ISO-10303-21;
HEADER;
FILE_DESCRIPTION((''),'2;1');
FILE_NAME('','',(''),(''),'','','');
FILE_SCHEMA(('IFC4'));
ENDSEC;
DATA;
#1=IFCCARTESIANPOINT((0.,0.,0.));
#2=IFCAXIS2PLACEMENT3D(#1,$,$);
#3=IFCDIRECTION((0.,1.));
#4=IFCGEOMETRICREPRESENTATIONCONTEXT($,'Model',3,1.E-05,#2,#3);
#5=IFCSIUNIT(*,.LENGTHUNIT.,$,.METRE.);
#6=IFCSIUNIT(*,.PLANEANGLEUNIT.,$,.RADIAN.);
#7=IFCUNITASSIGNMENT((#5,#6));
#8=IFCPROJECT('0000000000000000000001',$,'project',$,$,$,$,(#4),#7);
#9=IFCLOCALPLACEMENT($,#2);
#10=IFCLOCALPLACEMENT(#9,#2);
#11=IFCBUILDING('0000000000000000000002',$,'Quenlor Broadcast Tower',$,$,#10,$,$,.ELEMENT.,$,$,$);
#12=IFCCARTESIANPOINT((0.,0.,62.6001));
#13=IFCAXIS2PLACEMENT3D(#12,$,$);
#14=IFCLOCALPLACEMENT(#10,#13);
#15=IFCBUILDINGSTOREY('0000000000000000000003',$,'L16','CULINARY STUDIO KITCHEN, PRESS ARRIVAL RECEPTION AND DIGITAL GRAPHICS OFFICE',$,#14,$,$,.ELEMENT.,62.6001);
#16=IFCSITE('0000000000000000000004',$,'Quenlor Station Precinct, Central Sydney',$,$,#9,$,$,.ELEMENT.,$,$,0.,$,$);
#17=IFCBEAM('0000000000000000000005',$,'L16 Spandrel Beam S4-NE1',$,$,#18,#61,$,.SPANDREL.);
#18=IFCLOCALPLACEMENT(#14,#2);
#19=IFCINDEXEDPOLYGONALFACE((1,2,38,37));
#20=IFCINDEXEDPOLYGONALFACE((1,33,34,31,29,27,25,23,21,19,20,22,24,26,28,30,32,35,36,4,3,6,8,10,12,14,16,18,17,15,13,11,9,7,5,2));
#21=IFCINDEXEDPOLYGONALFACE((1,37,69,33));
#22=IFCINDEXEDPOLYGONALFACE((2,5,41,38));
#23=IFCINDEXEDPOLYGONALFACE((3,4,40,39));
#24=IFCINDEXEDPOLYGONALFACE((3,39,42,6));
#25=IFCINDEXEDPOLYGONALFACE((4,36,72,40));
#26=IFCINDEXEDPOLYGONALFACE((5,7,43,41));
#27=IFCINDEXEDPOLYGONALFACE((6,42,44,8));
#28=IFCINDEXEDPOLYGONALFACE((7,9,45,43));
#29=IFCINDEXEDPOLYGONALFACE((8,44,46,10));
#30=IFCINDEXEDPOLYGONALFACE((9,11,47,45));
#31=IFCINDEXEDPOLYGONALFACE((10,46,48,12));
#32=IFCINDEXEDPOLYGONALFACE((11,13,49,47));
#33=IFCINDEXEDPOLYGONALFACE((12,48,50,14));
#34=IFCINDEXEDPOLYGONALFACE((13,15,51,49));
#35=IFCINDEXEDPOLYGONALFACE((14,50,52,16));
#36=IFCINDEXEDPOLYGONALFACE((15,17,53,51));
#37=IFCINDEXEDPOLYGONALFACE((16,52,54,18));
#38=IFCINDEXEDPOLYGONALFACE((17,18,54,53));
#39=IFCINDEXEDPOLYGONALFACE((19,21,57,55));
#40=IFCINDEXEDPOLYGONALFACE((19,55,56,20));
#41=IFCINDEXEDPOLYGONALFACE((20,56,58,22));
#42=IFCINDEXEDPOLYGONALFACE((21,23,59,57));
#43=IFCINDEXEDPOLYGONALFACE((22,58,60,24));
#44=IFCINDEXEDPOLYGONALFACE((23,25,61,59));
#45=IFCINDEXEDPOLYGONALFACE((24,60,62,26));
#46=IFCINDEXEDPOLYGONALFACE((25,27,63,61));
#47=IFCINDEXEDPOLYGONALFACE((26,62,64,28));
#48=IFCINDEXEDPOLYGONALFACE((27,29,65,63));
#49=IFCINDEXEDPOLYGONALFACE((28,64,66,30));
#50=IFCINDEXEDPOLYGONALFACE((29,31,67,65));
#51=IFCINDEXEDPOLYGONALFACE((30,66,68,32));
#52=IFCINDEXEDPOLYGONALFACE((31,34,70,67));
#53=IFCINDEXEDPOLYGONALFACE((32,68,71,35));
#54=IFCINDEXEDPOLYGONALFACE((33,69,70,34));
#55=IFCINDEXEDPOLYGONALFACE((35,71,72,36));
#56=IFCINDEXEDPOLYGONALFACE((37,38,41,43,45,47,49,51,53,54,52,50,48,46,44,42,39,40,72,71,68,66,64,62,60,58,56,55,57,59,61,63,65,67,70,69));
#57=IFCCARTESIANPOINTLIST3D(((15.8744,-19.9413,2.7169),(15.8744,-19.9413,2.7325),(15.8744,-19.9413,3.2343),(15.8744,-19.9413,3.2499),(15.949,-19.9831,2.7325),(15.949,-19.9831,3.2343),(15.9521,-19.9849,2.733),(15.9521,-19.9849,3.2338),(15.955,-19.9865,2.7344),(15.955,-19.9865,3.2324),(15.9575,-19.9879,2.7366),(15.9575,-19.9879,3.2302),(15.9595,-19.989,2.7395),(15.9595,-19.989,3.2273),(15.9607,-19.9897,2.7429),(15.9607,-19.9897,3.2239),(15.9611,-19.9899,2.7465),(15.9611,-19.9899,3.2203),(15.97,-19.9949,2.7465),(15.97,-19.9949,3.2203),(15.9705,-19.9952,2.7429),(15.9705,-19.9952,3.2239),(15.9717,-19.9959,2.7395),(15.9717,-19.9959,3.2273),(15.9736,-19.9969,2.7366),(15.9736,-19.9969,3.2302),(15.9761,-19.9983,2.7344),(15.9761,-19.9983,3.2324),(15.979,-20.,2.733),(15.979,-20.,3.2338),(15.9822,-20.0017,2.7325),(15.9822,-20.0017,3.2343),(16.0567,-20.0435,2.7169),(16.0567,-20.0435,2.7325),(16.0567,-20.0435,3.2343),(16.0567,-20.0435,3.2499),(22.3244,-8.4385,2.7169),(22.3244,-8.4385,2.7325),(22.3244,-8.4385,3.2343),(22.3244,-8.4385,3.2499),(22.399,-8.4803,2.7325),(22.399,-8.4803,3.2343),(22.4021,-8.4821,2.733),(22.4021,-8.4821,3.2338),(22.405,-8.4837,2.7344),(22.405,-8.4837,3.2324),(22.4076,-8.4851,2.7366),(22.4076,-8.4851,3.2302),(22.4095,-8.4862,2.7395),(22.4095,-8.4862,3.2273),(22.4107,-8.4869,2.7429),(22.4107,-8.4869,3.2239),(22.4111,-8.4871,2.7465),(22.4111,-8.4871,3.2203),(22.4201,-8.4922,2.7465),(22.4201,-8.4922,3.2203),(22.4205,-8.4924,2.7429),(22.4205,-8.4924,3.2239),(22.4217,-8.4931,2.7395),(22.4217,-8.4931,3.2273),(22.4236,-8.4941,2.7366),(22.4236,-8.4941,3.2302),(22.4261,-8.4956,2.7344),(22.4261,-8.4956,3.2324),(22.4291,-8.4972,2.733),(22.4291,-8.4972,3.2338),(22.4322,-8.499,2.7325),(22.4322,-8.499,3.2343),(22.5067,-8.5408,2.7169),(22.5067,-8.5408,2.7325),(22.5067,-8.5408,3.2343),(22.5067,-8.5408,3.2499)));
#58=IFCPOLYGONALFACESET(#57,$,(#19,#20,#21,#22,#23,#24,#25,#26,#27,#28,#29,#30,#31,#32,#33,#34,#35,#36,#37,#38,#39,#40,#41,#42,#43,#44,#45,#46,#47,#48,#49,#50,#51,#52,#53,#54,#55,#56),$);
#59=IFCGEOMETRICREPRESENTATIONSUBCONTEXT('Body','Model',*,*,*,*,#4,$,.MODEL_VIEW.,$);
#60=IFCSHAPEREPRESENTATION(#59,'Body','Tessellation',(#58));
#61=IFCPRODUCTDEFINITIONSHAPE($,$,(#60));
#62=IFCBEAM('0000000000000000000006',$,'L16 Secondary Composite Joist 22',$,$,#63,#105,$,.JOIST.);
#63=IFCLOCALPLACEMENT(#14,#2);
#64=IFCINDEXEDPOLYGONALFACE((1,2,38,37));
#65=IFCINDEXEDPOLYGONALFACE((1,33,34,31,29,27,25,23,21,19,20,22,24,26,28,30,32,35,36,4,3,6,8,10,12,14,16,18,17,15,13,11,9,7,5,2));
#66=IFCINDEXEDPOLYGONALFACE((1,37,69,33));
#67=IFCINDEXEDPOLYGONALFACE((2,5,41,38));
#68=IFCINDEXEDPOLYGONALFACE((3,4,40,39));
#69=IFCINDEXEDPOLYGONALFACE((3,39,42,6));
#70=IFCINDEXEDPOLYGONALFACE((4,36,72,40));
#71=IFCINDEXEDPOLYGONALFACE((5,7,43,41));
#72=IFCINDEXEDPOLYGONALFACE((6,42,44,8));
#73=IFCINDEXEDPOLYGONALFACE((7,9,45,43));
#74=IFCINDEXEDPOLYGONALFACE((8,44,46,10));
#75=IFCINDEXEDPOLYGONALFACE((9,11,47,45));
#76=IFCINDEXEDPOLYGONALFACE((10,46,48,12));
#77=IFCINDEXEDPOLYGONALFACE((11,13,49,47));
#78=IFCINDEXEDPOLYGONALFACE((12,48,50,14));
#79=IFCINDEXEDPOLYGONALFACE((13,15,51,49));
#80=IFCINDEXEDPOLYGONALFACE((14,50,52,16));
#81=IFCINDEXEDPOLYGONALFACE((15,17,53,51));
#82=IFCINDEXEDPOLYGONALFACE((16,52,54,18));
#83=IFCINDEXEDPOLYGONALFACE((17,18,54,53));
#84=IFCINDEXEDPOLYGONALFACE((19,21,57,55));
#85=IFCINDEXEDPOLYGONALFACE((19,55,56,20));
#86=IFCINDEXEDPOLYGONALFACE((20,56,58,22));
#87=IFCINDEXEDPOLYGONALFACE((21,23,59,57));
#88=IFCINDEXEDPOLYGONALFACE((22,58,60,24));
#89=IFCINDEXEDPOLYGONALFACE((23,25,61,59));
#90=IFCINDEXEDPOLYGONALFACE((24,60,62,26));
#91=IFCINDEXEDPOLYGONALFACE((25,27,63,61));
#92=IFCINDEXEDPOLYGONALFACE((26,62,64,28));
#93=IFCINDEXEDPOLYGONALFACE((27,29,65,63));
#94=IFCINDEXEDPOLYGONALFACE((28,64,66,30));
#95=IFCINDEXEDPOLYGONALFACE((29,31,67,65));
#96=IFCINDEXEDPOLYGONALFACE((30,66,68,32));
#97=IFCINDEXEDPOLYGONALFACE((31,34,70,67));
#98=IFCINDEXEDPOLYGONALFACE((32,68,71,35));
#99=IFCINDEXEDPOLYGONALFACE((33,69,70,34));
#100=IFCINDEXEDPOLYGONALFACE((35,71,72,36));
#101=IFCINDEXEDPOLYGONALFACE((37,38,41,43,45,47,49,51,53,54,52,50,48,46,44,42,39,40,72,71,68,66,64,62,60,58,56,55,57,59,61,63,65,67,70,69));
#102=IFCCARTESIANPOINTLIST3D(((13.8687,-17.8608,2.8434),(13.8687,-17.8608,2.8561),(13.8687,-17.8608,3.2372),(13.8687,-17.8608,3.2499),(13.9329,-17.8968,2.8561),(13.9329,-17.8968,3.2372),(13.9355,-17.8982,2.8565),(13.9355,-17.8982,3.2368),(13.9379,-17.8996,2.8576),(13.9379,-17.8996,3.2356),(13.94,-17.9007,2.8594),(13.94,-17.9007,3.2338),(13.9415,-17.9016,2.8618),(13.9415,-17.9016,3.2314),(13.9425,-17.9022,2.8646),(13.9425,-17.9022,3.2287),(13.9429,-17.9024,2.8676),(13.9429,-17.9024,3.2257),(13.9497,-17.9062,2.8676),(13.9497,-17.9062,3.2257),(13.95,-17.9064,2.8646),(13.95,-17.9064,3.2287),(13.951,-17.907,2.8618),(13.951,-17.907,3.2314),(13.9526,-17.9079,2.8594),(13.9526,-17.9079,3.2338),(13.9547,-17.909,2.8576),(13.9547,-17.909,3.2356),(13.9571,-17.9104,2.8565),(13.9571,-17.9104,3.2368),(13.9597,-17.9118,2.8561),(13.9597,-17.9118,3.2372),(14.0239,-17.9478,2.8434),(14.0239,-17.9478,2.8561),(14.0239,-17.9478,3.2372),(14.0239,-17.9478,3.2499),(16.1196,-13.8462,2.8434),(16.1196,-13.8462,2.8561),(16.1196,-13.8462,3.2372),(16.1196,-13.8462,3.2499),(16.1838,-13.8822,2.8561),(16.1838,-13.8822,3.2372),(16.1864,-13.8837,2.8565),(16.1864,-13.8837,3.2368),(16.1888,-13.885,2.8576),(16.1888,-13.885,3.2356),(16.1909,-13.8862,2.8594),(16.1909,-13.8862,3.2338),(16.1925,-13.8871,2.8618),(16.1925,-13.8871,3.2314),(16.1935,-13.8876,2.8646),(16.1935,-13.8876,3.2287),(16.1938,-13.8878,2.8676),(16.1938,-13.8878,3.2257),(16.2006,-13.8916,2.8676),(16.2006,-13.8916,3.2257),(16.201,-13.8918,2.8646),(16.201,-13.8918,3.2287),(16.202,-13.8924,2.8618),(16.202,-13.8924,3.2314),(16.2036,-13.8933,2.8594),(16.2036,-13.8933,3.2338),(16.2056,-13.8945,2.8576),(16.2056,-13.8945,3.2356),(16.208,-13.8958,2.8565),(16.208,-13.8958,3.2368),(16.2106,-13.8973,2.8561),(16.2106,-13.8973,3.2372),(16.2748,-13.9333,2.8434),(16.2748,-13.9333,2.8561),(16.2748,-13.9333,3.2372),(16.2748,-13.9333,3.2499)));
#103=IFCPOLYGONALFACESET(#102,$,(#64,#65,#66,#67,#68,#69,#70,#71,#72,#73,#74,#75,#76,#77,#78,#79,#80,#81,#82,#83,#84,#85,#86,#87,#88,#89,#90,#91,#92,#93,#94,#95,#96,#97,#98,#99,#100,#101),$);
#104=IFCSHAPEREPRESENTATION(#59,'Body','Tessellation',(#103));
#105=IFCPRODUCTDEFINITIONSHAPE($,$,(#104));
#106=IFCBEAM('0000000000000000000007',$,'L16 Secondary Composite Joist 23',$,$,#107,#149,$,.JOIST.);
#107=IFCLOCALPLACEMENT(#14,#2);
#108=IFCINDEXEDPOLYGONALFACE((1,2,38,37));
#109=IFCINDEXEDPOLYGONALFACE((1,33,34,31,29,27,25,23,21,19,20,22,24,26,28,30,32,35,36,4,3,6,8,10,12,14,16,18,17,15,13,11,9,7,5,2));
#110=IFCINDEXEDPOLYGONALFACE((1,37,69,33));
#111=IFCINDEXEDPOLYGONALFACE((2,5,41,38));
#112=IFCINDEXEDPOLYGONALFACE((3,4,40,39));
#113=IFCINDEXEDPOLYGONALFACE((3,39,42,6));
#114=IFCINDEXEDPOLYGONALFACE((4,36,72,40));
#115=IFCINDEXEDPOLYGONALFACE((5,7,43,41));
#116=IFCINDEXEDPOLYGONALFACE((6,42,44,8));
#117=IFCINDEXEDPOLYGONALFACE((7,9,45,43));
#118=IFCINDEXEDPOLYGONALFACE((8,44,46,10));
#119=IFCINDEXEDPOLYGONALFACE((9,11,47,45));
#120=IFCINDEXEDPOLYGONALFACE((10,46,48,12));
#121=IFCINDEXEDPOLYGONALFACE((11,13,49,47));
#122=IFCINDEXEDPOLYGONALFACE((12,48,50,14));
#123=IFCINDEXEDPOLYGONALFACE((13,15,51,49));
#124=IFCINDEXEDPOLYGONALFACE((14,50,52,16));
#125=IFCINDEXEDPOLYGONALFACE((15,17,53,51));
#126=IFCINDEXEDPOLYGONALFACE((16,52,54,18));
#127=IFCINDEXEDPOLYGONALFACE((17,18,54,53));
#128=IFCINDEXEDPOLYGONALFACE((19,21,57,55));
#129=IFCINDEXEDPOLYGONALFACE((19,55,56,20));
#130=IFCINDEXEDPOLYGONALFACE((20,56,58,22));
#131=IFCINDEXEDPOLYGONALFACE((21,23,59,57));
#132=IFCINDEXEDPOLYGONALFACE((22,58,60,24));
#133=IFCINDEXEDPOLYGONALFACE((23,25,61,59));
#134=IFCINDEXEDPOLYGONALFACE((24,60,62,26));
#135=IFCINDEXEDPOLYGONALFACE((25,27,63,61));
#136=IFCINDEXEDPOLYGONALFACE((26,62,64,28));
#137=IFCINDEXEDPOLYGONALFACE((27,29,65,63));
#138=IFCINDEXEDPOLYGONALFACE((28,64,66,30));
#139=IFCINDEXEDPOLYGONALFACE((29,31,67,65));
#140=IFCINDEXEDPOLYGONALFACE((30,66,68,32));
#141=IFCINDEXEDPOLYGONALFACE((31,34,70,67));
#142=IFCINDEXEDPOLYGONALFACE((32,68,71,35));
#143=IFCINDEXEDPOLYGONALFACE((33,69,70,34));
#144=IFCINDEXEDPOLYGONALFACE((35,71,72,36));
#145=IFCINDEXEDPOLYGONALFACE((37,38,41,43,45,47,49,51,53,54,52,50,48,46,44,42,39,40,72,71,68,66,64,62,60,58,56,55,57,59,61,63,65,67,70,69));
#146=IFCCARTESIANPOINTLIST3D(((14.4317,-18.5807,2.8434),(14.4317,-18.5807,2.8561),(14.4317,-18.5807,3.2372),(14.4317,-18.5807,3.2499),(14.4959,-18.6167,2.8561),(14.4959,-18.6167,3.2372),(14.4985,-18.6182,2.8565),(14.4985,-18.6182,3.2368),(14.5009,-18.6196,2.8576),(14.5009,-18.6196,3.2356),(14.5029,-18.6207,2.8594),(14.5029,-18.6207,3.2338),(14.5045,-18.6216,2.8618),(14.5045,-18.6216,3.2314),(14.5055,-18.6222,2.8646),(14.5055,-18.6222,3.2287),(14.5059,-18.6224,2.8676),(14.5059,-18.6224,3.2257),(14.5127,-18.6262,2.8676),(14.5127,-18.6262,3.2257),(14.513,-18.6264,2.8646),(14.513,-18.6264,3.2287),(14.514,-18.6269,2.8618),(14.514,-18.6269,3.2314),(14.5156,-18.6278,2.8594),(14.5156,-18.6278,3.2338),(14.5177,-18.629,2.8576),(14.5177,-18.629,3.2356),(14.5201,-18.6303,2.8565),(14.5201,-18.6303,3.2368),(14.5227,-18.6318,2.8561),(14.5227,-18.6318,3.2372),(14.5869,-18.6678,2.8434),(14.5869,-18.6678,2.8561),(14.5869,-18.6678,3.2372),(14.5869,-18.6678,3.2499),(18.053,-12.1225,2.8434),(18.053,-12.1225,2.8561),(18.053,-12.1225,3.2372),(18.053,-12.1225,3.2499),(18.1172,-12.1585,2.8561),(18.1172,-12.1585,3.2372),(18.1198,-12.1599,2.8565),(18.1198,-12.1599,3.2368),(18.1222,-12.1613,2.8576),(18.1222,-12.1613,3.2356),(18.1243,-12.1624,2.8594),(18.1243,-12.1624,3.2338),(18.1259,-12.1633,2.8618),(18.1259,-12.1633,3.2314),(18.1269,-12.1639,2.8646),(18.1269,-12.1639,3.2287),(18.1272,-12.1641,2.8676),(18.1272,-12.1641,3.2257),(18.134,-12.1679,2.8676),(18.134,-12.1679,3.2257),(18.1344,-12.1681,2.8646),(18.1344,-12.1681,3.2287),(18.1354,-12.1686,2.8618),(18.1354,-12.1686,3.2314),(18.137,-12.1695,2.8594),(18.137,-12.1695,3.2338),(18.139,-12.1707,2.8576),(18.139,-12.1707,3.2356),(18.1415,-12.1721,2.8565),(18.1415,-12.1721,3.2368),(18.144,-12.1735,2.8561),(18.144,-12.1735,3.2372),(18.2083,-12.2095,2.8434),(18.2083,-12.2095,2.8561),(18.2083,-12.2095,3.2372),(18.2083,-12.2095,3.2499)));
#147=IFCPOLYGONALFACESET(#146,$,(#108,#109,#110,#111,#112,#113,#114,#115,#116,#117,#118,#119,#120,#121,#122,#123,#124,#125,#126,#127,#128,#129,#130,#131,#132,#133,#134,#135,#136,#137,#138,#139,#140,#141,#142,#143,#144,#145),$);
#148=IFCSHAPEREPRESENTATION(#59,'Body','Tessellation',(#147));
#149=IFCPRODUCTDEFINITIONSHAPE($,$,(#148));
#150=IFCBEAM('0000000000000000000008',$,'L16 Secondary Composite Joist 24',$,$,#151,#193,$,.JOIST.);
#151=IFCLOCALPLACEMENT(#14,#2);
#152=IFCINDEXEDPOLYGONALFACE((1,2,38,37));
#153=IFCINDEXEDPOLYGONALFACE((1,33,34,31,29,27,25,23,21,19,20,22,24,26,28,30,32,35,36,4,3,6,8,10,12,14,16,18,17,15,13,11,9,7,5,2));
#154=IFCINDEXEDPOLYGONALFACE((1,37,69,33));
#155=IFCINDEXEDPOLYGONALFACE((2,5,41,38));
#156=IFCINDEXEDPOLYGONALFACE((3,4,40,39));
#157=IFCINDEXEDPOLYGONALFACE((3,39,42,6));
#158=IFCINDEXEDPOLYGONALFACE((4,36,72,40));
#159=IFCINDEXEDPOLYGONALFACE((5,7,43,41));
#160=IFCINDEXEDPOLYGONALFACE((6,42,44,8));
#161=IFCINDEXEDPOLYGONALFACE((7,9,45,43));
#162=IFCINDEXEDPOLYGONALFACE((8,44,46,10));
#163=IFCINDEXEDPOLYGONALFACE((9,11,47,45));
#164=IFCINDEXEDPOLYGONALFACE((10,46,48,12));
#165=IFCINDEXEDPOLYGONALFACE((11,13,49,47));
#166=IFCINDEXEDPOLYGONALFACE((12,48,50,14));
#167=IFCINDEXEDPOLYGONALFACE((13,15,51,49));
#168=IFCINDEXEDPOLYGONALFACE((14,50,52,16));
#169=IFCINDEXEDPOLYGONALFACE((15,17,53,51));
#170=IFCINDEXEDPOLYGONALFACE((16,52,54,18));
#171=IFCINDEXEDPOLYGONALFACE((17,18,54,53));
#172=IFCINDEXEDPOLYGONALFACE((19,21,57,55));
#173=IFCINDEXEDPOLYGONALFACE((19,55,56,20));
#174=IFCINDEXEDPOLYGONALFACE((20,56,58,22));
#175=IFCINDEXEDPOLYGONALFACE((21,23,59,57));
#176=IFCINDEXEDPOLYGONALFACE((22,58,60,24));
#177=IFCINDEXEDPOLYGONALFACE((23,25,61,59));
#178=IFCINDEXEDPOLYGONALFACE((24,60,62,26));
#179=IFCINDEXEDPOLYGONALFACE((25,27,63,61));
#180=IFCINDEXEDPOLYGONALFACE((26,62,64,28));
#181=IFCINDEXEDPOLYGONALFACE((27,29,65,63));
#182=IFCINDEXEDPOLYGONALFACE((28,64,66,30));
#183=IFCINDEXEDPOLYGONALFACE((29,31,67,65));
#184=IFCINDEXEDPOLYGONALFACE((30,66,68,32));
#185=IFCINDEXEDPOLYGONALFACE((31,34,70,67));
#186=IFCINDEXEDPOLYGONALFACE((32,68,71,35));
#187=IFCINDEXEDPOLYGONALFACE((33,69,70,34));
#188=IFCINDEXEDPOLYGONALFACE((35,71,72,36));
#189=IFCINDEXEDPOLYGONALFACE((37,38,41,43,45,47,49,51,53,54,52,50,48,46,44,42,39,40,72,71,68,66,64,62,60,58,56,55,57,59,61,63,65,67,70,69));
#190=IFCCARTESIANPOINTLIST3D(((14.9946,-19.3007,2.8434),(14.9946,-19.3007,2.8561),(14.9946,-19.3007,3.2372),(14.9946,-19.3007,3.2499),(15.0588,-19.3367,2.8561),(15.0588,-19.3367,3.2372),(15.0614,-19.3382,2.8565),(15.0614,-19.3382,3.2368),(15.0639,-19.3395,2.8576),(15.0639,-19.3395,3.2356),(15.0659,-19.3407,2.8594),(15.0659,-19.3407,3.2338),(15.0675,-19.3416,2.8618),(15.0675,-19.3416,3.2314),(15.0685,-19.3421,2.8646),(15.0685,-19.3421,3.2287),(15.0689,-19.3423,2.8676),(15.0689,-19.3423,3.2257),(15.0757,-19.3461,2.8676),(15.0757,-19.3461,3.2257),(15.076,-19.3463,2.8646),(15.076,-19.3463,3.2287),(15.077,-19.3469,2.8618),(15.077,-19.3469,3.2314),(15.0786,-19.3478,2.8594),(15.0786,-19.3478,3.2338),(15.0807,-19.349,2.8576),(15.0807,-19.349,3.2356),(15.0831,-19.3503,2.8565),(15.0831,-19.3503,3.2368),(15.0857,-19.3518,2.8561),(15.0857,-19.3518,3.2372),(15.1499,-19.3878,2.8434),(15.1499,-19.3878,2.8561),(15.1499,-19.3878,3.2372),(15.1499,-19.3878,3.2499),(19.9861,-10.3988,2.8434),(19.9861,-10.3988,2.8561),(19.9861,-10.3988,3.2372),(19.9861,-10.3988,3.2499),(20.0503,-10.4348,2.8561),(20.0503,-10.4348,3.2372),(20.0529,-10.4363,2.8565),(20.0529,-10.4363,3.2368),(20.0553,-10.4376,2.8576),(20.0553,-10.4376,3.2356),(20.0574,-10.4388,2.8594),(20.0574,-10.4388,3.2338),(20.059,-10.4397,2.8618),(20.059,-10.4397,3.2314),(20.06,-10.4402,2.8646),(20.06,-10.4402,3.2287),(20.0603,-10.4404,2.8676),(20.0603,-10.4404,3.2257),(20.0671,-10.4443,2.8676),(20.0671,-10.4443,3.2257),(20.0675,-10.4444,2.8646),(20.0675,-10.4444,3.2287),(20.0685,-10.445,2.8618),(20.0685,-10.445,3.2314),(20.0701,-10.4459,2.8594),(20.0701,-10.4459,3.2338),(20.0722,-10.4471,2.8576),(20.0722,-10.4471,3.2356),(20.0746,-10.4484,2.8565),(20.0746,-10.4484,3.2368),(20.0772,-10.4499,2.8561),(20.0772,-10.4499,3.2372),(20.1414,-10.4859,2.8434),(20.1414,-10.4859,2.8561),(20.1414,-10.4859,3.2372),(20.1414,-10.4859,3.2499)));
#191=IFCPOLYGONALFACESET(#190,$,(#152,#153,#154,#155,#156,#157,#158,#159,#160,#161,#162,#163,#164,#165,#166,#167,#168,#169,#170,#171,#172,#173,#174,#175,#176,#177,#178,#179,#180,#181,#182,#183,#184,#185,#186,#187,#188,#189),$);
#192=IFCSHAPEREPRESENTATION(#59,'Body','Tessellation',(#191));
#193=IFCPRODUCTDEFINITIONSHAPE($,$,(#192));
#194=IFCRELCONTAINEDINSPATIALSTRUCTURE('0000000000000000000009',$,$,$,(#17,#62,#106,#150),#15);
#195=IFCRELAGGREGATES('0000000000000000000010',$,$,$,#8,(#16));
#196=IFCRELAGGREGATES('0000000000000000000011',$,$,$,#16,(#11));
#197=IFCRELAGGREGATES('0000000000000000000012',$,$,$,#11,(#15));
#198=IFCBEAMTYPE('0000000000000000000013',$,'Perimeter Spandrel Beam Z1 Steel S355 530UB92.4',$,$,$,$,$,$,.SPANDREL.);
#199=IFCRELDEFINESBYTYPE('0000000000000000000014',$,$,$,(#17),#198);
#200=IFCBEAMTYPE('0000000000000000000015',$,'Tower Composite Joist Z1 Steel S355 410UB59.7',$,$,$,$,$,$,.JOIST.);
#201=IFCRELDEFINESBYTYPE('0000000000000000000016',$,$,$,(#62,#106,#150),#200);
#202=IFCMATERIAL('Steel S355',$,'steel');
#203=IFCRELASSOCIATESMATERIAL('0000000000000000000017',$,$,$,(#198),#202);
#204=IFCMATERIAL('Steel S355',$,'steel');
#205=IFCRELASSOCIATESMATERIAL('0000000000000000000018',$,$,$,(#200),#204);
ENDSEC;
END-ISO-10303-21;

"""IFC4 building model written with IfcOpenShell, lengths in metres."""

from ifc_helpers import new_model, si_unit, direction, frame, origin, origin_2d, place, context, subcontext, project, spatial, i_section, extrude, material, material_profile, profile_set, type_object, element, save


model = new_model("IFC4")

# Units and contexts
model_context = context("Model", 3, precision=1e-05, world=origin(), true_north=direction((0.0, 1.0)))
body_context = subcontext(model_context, "Body", "Model", "MODEL_VIEW")
ifc_project = project(units=[si_unit("LENGTHUNIT", "METRE"), si_unit("PLANEANGLEUNIT", "RADIAN")], contexts=[model_context])

# Site, building, storey
site_placement = place(None, origin())
site = spatial("IfcSite", under=ifc_project, at=site_placement, Name="Quenlor Station Precinct, Central Sydney", CompositionType="ELEMENT", RefElevation=0.0)
building_placement = place(site_placement, origin())
building = spatial("IfcBuilding", under=site, at=building_placement, Name="Quenlor Broadcast Tower", CompositionType="ELEMENT")
storey_placement = place(building_placement, frame((0.0, 0.0, 62.6001)))
storey = spatial("IfcBuildingStorey", under=building, at=storey_placement, Name="L16", Description="CULINARY STUDIO KITCHEN, PRESS ARRIVAL RECEPTION AND DIGITAL GRAPHICS OFFICE", CompositionType="ELEMENT", Elevation=62.6001)

# Beams
ifc_material_1 = material(Name="Steel S355", Category="steel")
ifc_material_profile_1 = material_profile(ifc_material_1, i_section(OverallWidth=0.209, OverallDepth=0.533, WebThickness=0.0103, FlangeThickness=0.0156, FilletRadius=0.0139, at=origin_2d()))
ifc_profile_set_1 = profile_set([ifc_material_profile_1], Name="Steel S355 530UB92.4")
beam_type_1 = type_object("IfcBeamType", Name="Perimeter Spandrel Beam Z1 Steel S355 530UB92.4", PredefinedType="SPANDREL", material=ifc_profile_set_1)
beam_1_placement = place(storey_placement, frame((15.9656, -19.9924, 2.9834), z_axis=(0.489091, 0.872233, 0.0), x_axis=(-0.872233, 0.489091, 0.0)))
element("IfcBeam", 1, at=beam_1_placement, inside=storey, type_object=beam_type_1, Name="L16 Spandrel Beam S4-NE1", PredefinedType="SPANDREL", context=body_context, shape_type="SweptSolid", body=[
    extrude(i_section(OverallWidth=0.209, OverallDepth=0.533, WebThickness=0.0103, FlangeThickness=0.0156, FilletRadius=0.0139, at=origin_2d()), origin(), (0.0, 0.0, 1.0), 13.1877),
])
ifc_material_2 = material(Name="Steel S355", Category="steel")
ifc_material_profile_2 = material_profile(ifc_material_2, i_section(OverallWidth=0.178, OverallDepth=0.4065, WebThickness=0.0078, FlangeThickness=0.0127, FilletRadius=0.0115, at=origin_2d()))
ifc_profile_set_2 = profile_set([ifc_material_profile_2], Name="Steel S355 410UB59.7")
beam_type_2 = type_object("IfcBeamType", Name="Tower Composite Joist Z1 Steel S355 410UB59.7", PredefinedType="JOIST", material=ifc_profile_set_2)
beam_2_placement = place(storey_placement, frame((13.9463, -17.9043, 3.0466), z_axis=(0.489062, 0.872249, 0.0), x_axis=(-0.872249, 0.489062, 0.0)))
element("IfcBeam", 2, at=beam_2_placement, inside=storey, type_object=beam_type_2, Name="L16 Secondary Composite Joist 22", PredefinedType="JOIST", context=body_context, shape_type="SweptSolid", body=[
    extrude(i_section(OverallWidth=0.178, OverallDepth=0.4065, WebThickness=0.0078, FlangeThickness=0.0127, FilletRadius=0.0115, at=origin_2d()), origin(), (0.0, 0.0, 1.0), 4.6025),
])
beam_3_placement = place(storey_placement, frame((14.5093, -18.6243, 3.0466), z_axis=(0.489088, 0.872234, 0.0), x_axis=(-0.872234, 0.489088, 0.0)))
element("IfcBeam", 3, at=beam_3_placement, inside=storey, type_object=beam_type_2, Name="L16 Secondary Composite Joist 23", PredefinedType="JOIST", context=body_context, shape_type="SweptSolid", body=[
    extrude(i_section(OverallWidth=0.178, OverallDepth=0.4065, WebThickness=0.0078, FlangeThickness=0.0127, FilletRadius=0.0115, at=origin_2d()), origin(), (0.0, 0.0, 1.0), 7.4043),
])
beam_4_placement = place(storey_placement, frame((15.0723, -19.3442, 3.0466), z_axis=(0.489082, 0.872238, 0.0), x_axis=(-0.872238, 0.489082, 0.0)))
element("IfcBeam", 4, at=beam_4_placement, inside=storey, type_object=beam_type_2, Name="L16 Secondary Composite Joist 24", PredefinedType="JOIST", context=body_context, shape_type="SweptSolid", body=[
    extrude(i_section(OverallWidth=0.178, OverallDepth=0.4065, WebThickness=0.0078, FlangeThickness=0.0127, FilletRadius=0.0115, at=origin_2d()), origin(), (0.0, 0.0, 1.0), 10.2058),
])

save(model, "model.ifc")
